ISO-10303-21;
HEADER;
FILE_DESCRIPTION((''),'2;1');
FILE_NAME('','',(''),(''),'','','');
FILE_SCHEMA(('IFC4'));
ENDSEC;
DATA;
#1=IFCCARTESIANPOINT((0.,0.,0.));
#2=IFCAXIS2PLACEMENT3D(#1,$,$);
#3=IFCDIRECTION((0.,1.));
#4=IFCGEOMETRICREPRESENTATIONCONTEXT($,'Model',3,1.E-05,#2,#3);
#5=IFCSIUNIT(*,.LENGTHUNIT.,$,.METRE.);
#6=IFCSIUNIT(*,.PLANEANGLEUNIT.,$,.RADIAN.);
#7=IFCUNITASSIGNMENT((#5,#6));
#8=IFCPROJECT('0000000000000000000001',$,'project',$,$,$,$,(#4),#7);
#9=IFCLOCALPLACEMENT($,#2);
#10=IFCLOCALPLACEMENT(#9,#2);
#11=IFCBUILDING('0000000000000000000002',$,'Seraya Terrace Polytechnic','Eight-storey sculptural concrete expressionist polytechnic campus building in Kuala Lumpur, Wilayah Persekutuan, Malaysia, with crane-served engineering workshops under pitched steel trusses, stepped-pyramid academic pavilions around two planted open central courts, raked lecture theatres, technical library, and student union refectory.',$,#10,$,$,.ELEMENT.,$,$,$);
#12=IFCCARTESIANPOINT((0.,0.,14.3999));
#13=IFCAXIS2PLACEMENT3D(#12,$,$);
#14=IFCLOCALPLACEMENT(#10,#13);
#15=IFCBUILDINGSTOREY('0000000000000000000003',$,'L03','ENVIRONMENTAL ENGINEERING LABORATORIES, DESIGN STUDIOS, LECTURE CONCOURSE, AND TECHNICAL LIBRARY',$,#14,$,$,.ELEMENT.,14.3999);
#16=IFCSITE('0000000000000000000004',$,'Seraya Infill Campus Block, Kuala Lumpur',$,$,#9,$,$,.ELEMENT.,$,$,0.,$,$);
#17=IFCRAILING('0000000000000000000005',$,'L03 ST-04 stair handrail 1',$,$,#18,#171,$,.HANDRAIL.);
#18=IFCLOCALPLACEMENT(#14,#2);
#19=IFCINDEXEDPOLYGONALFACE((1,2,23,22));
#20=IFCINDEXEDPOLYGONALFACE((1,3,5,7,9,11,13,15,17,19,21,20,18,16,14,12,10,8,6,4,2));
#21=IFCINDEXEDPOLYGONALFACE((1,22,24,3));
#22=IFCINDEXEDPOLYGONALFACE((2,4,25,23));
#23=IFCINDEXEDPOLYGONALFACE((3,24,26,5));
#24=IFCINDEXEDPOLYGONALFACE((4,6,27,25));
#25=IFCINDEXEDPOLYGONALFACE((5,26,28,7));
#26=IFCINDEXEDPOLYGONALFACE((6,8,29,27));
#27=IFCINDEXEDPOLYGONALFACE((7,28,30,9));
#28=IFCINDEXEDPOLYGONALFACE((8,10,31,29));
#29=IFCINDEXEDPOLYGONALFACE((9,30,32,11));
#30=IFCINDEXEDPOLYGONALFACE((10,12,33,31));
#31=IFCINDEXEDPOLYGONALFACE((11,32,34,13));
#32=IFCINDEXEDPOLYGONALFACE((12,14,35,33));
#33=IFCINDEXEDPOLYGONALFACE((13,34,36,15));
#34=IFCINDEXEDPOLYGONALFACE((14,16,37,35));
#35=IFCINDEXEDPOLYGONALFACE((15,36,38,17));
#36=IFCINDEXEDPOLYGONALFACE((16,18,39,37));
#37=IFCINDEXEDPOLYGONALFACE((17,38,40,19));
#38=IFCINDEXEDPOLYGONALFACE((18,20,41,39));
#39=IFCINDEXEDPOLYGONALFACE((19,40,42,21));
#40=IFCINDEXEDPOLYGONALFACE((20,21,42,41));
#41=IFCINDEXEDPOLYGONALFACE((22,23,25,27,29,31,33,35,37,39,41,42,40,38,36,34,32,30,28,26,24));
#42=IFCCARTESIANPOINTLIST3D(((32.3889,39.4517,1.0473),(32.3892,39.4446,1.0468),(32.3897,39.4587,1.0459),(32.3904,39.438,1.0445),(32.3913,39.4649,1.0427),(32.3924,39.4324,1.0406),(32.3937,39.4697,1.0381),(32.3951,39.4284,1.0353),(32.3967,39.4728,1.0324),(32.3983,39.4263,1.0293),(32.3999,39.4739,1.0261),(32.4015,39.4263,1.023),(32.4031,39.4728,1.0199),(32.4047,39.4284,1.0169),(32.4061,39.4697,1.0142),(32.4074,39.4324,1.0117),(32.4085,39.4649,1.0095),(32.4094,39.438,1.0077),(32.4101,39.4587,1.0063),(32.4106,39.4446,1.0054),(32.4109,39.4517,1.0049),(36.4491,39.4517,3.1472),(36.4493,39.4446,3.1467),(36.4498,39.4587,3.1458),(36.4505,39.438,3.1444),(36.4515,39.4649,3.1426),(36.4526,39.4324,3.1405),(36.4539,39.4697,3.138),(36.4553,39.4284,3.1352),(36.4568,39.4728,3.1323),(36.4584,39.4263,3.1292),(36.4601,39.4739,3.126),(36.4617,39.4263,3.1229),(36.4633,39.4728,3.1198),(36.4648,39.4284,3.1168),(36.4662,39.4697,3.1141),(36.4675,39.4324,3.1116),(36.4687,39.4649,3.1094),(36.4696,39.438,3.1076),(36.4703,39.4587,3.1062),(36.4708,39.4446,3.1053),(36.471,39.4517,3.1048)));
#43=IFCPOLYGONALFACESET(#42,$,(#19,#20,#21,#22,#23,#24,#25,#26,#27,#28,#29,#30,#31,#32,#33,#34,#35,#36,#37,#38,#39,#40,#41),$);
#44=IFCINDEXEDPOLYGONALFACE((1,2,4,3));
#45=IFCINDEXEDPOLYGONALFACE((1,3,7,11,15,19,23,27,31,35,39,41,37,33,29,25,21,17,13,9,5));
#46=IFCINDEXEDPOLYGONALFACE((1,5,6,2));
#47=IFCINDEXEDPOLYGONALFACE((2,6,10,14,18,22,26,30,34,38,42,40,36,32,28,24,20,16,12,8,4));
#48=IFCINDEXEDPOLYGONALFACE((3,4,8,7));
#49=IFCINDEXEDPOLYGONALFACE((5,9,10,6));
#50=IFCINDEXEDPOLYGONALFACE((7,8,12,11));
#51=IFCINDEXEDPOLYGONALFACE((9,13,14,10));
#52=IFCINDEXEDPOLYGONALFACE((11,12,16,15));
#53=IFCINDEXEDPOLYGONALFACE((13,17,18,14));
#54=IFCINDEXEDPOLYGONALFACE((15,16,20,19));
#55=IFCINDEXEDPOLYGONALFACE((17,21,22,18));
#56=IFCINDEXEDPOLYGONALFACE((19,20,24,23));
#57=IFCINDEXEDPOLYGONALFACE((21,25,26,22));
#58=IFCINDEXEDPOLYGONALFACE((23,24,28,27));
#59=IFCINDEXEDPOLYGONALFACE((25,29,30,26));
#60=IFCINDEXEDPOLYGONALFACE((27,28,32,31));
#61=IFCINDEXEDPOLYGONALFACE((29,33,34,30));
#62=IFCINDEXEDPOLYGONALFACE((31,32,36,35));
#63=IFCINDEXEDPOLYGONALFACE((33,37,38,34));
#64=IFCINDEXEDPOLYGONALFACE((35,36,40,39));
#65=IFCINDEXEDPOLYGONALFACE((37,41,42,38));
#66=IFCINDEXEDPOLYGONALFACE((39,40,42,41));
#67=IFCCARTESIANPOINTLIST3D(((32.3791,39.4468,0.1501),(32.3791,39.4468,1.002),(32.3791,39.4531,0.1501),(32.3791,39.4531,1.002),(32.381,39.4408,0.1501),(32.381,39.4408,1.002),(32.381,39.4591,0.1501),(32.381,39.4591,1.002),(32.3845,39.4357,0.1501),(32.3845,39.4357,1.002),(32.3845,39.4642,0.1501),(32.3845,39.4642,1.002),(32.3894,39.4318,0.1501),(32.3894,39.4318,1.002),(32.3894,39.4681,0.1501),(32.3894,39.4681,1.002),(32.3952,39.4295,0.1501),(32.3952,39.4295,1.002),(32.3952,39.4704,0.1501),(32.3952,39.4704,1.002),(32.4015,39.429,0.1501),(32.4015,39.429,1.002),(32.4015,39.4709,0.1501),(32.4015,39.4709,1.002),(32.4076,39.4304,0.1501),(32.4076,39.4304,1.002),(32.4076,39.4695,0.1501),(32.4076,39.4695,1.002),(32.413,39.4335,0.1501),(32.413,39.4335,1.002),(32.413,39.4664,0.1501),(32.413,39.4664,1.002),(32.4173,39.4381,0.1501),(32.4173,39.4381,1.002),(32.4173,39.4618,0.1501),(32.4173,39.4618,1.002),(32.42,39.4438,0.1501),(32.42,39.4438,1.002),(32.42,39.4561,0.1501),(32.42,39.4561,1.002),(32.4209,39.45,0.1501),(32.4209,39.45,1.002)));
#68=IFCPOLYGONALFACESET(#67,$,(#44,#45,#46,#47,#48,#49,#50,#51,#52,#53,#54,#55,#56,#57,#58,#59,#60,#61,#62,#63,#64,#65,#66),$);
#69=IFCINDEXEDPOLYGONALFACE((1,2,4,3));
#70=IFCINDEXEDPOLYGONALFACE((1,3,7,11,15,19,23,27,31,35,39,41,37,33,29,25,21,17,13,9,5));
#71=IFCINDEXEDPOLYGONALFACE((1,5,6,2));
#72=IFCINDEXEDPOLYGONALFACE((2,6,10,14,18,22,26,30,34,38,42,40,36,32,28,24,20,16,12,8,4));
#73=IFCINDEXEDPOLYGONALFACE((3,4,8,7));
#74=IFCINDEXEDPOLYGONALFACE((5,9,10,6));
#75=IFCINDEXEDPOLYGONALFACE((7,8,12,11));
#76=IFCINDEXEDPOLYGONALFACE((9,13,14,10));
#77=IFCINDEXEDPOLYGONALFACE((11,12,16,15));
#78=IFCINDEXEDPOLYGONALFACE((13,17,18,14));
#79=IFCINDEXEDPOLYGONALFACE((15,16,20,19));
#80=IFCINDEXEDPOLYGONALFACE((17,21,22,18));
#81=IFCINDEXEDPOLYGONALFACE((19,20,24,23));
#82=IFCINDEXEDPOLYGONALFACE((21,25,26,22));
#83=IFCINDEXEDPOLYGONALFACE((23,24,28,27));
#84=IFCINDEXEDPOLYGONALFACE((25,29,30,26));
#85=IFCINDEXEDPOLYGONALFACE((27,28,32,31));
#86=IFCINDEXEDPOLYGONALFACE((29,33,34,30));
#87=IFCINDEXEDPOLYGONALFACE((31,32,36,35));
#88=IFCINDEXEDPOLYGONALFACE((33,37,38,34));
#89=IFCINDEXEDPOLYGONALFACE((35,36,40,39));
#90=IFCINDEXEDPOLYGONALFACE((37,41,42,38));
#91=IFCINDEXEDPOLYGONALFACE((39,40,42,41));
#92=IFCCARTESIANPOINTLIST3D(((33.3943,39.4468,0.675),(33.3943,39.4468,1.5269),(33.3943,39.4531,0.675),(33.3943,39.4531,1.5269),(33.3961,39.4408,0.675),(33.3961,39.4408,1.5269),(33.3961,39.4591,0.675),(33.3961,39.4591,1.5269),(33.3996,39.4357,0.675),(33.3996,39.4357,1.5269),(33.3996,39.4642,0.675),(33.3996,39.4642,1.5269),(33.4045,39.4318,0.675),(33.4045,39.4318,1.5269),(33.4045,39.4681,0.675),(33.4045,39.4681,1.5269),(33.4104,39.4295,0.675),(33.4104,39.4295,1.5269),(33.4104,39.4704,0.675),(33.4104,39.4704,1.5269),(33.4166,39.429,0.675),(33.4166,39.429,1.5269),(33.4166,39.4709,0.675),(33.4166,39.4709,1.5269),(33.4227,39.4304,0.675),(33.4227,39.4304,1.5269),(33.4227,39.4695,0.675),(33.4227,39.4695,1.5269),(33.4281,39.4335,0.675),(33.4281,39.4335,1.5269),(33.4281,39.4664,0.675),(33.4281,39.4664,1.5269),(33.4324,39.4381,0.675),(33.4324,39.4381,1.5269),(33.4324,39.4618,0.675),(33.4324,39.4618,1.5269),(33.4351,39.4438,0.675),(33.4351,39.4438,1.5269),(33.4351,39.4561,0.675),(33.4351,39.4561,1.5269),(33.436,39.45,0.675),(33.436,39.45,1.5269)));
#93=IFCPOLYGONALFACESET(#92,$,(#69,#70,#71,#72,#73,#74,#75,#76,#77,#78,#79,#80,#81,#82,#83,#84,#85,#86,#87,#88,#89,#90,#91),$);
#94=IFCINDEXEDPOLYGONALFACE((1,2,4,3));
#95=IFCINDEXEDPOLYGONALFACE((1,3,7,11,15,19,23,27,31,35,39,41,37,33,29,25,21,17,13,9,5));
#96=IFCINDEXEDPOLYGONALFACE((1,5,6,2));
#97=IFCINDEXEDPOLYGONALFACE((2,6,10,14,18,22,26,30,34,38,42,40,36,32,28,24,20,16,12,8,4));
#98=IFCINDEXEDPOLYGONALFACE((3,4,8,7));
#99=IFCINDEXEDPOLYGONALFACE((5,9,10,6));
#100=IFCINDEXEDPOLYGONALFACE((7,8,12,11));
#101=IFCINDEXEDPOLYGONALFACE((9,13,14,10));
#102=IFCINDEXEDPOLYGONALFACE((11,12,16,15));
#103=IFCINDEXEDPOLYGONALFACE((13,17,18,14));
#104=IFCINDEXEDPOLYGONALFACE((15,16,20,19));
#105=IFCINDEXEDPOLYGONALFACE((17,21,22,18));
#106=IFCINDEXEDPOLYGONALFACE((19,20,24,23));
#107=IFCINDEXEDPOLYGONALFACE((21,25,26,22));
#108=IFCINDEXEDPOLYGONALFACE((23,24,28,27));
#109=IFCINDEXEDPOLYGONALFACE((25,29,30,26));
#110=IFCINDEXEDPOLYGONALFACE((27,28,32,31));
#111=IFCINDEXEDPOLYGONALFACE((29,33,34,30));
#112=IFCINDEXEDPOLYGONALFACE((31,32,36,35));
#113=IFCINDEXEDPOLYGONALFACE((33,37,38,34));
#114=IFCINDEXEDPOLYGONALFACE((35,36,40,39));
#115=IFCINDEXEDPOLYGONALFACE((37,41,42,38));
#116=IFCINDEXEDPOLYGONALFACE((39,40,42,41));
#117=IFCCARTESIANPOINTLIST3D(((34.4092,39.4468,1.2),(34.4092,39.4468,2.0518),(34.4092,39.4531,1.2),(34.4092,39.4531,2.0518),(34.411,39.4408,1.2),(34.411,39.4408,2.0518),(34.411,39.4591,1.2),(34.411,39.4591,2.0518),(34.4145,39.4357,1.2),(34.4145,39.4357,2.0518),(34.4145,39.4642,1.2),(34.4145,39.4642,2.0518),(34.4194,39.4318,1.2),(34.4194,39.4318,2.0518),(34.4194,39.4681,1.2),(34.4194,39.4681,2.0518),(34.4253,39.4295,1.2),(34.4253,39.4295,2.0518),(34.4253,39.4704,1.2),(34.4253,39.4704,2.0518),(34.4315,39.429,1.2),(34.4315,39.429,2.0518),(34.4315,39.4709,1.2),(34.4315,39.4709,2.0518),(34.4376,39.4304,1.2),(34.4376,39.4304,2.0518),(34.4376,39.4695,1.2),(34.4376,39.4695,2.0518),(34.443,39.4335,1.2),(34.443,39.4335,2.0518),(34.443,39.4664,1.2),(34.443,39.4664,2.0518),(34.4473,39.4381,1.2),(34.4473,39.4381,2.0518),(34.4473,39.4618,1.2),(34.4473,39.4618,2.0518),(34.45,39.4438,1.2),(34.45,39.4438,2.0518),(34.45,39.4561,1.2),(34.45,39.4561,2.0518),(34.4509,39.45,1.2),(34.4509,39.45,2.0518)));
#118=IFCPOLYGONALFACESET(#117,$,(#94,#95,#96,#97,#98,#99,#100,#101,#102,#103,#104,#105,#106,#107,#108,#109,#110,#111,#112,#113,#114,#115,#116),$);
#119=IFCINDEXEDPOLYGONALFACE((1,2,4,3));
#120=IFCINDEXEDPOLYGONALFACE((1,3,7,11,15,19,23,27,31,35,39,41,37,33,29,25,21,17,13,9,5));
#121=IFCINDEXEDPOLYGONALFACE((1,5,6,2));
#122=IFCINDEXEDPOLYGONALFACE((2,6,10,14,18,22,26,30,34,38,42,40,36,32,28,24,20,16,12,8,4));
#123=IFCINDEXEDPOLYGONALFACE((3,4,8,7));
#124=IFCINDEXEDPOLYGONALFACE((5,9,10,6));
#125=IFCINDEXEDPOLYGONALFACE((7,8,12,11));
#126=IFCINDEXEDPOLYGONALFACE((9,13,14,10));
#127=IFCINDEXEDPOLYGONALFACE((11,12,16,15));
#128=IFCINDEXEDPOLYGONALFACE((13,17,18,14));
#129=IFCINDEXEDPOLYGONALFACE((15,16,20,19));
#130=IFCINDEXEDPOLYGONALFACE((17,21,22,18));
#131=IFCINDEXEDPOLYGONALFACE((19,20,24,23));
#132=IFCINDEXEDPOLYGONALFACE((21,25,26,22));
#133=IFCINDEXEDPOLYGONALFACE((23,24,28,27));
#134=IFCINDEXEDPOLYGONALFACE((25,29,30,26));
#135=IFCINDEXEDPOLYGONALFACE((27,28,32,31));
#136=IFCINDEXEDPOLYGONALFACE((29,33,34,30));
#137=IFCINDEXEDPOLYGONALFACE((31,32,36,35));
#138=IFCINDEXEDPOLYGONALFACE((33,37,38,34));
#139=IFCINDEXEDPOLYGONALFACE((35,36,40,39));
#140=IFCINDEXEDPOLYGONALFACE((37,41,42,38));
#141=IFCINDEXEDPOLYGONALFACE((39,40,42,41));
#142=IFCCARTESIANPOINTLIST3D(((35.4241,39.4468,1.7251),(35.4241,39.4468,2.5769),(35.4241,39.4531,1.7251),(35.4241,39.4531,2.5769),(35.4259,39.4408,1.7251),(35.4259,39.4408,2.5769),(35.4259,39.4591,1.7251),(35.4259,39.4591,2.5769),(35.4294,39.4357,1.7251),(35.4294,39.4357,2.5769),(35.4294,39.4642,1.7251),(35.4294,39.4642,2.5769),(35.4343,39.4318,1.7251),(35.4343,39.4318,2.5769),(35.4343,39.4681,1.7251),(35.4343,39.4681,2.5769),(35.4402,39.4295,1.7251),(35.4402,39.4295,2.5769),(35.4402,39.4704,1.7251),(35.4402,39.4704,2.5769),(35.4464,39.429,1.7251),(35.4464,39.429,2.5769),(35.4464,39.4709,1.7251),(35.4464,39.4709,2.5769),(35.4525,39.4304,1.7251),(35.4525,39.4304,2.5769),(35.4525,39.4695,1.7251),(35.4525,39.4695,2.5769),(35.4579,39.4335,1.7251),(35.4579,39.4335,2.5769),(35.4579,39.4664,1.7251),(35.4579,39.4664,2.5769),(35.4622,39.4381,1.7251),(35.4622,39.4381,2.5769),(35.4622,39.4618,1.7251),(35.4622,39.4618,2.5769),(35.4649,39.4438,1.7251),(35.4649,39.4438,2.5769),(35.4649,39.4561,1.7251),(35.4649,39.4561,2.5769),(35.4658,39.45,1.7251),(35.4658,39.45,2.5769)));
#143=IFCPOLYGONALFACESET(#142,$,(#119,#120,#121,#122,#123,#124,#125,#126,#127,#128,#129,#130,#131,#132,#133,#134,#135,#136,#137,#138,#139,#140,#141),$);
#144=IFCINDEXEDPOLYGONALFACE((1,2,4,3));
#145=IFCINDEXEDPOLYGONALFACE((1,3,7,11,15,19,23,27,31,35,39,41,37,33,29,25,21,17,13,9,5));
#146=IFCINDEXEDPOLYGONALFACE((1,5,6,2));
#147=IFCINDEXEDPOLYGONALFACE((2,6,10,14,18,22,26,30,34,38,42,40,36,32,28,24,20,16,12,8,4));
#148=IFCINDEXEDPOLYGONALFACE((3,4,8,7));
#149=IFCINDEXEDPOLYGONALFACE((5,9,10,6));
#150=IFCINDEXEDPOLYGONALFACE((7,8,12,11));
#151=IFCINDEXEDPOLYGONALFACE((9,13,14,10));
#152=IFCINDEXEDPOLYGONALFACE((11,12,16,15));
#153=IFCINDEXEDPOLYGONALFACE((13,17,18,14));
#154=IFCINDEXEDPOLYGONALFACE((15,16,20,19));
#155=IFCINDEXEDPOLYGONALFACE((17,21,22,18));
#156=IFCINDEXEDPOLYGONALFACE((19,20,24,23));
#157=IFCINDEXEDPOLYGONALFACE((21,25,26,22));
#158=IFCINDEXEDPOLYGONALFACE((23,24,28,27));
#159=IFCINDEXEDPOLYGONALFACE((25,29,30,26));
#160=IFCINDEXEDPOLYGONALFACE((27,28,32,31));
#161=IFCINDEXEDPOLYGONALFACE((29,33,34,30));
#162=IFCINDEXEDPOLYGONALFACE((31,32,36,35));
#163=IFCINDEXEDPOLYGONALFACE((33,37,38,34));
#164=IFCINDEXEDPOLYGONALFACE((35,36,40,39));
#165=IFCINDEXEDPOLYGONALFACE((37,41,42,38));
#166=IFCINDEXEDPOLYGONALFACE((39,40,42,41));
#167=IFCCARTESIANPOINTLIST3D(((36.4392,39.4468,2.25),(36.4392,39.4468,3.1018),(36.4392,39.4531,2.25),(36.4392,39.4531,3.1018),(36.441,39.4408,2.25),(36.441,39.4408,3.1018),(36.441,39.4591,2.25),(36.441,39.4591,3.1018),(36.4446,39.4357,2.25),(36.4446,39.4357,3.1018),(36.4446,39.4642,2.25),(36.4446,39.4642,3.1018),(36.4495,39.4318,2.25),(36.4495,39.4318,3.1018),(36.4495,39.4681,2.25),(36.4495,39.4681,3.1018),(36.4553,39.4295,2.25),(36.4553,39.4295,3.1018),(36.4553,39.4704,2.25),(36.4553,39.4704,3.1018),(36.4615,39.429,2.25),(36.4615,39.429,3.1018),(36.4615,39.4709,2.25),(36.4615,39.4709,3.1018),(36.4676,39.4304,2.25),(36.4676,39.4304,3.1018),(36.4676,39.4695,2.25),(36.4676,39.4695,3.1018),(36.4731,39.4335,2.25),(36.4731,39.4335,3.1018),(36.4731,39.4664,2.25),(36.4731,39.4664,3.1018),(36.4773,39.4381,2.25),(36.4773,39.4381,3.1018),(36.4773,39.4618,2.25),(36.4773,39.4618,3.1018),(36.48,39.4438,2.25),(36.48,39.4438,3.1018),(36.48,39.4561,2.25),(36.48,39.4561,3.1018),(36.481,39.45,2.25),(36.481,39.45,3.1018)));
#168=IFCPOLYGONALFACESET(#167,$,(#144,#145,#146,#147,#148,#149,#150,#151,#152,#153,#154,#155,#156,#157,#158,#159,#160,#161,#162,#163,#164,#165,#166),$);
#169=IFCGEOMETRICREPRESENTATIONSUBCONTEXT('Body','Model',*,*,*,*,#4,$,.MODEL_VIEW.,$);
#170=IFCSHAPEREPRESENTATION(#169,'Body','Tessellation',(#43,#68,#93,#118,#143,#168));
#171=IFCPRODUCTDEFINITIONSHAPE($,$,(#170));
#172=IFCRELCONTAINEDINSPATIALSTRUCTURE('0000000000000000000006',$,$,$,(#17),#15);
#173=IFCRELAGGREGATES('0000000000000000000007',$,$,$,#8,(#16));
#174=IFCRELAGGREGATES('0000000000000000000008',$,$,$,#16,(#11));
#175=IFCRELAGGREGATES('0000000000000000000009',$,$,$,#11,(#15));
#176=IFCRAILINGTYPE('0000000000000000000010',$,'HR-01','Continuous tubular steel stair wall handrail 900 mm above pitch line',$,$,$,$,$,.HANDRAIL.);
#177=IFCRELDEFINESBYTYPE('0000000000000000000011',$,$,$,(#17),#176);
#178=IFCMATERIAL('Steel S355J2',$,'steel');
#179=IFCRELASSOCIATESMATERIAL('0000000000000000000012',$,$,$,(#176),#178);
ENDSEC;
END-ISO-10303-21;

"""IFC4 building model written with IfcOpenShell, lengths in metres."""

from ifc_helpers import new_model, si_unit, direction, frame, origin, origin_2d, place, context, subcontext, project, spatial, circle, extrude, material, type_object, element, save


model = new_model("IFC4")

# Units and contexts
model_context = context("Model", 3, precision=1e-05, world=origin(), true_north=direction((0.0, 1.0)))
body_context = subcontext(model_context, "Body", "Model", "MODEL_VIEW")
ifc_project = project(units=[si_unit("LENGTHUNIT", "METRE"), si_unit("PLANEANGLEUNIT", "RADIAN")], contexts=[model_context])

# Site, building, storey
site_placement = place(None, origin())
site = spatial("IfcSite", under=ifc_project, at=site_placement, Name="Seraya Infill Campus Block, Kuala Lumpur", CompositionType="ELEMENT", RefElevation=0.0)
building_placement = place(site_placement, origin())
building = spatial("IfcBuilding", under=site, at=building_placement, Name="Seraya Terrace Polytechnic", Description="Eight-storey sculptural concrete expressionist polytechnic campus building in Kuala Lumpur, Wilayah Persekutuan, Malaysia, with crane-served engineering workshops under pitched steel trusses, stepped-pyramid academic pavilions around two planted open central courts, raked lecture theatres, technical library, and student union refectory.", CompositionType="ELEMENT")
storey_placement = place(building_placement, frame((0.0, 0.0, 14.3999)))
storey = spatial("IfcBuildingStorey", under=building, at=storey_placement, Name="L03", Description="ENVIRONMENTAL ENGINEERING LABORATORIES, DESIGN STUDIOS, LECTURE CONCOURSE, AND TECHNICAL LIBRARY", CompositionType="ELEMENT", Elevation=14.3999)

# Shared definitions
ifc_material_1 = material(Name="Steel S355J2", Category="steel")

# Railing
railing_type_1 = type_object("IfcRailingType", Name="HR-01", Description="Continuous tubular steel stair wall handrail 900 mm above pitch line", PredefinedType="HANDRAIL", material=ifc_material_1)
railing_1_placement = place(storey_placement, frame((32.3999, 39.45, 0.1501)))
element("IfcRailing", 1, at=railing_1_placement, inside=storey, type_object=railing_type_1, Name="L03 ST-04 stair handrail 1", PredefinedType="HANDRAIL", context=body_context, shape_type="SweptSolid", body=[
    extrude(circle(Radius=0.0239, at=origin_2d()), frame((0.0, 0.0, 0.876), z_axis=(0.888233, 0.0, 0.459392), x_axis=(0.0, 1.0, 0.0)), (0.0, 0.0, 1.0), 4.571),
    extrude(circle(Radius=0.021, at=origin_2d()), origin(), (0.0, 0.0, 1.0), 0.8518),
    extrude(circle(Radius=0.021, at=origin_2d()), frame((1.0151, 0.0, 0.5249)), (0.0, 0.0, 1.0), 0.8518),
    extrude(circle(Radius=0.021, at=origin_2d()), frame((2.03, 0.0, 1.0498)), (0.0, 0.0, 1.0), 0.8518),
    extrude(circle(Radius=0.021, at=origin_2d()), frame((3.0449, 0.0, 1.575)), (0.0, 0.0, 1.0), 0.8518),
    extrude(circle(Radius=0.021, at=origin_2d()), frame((4.0601, 0.0, 2.0999)), (0.0, 0.0, 1.0), 0.8518),
])

save(model, "model.ifc")
